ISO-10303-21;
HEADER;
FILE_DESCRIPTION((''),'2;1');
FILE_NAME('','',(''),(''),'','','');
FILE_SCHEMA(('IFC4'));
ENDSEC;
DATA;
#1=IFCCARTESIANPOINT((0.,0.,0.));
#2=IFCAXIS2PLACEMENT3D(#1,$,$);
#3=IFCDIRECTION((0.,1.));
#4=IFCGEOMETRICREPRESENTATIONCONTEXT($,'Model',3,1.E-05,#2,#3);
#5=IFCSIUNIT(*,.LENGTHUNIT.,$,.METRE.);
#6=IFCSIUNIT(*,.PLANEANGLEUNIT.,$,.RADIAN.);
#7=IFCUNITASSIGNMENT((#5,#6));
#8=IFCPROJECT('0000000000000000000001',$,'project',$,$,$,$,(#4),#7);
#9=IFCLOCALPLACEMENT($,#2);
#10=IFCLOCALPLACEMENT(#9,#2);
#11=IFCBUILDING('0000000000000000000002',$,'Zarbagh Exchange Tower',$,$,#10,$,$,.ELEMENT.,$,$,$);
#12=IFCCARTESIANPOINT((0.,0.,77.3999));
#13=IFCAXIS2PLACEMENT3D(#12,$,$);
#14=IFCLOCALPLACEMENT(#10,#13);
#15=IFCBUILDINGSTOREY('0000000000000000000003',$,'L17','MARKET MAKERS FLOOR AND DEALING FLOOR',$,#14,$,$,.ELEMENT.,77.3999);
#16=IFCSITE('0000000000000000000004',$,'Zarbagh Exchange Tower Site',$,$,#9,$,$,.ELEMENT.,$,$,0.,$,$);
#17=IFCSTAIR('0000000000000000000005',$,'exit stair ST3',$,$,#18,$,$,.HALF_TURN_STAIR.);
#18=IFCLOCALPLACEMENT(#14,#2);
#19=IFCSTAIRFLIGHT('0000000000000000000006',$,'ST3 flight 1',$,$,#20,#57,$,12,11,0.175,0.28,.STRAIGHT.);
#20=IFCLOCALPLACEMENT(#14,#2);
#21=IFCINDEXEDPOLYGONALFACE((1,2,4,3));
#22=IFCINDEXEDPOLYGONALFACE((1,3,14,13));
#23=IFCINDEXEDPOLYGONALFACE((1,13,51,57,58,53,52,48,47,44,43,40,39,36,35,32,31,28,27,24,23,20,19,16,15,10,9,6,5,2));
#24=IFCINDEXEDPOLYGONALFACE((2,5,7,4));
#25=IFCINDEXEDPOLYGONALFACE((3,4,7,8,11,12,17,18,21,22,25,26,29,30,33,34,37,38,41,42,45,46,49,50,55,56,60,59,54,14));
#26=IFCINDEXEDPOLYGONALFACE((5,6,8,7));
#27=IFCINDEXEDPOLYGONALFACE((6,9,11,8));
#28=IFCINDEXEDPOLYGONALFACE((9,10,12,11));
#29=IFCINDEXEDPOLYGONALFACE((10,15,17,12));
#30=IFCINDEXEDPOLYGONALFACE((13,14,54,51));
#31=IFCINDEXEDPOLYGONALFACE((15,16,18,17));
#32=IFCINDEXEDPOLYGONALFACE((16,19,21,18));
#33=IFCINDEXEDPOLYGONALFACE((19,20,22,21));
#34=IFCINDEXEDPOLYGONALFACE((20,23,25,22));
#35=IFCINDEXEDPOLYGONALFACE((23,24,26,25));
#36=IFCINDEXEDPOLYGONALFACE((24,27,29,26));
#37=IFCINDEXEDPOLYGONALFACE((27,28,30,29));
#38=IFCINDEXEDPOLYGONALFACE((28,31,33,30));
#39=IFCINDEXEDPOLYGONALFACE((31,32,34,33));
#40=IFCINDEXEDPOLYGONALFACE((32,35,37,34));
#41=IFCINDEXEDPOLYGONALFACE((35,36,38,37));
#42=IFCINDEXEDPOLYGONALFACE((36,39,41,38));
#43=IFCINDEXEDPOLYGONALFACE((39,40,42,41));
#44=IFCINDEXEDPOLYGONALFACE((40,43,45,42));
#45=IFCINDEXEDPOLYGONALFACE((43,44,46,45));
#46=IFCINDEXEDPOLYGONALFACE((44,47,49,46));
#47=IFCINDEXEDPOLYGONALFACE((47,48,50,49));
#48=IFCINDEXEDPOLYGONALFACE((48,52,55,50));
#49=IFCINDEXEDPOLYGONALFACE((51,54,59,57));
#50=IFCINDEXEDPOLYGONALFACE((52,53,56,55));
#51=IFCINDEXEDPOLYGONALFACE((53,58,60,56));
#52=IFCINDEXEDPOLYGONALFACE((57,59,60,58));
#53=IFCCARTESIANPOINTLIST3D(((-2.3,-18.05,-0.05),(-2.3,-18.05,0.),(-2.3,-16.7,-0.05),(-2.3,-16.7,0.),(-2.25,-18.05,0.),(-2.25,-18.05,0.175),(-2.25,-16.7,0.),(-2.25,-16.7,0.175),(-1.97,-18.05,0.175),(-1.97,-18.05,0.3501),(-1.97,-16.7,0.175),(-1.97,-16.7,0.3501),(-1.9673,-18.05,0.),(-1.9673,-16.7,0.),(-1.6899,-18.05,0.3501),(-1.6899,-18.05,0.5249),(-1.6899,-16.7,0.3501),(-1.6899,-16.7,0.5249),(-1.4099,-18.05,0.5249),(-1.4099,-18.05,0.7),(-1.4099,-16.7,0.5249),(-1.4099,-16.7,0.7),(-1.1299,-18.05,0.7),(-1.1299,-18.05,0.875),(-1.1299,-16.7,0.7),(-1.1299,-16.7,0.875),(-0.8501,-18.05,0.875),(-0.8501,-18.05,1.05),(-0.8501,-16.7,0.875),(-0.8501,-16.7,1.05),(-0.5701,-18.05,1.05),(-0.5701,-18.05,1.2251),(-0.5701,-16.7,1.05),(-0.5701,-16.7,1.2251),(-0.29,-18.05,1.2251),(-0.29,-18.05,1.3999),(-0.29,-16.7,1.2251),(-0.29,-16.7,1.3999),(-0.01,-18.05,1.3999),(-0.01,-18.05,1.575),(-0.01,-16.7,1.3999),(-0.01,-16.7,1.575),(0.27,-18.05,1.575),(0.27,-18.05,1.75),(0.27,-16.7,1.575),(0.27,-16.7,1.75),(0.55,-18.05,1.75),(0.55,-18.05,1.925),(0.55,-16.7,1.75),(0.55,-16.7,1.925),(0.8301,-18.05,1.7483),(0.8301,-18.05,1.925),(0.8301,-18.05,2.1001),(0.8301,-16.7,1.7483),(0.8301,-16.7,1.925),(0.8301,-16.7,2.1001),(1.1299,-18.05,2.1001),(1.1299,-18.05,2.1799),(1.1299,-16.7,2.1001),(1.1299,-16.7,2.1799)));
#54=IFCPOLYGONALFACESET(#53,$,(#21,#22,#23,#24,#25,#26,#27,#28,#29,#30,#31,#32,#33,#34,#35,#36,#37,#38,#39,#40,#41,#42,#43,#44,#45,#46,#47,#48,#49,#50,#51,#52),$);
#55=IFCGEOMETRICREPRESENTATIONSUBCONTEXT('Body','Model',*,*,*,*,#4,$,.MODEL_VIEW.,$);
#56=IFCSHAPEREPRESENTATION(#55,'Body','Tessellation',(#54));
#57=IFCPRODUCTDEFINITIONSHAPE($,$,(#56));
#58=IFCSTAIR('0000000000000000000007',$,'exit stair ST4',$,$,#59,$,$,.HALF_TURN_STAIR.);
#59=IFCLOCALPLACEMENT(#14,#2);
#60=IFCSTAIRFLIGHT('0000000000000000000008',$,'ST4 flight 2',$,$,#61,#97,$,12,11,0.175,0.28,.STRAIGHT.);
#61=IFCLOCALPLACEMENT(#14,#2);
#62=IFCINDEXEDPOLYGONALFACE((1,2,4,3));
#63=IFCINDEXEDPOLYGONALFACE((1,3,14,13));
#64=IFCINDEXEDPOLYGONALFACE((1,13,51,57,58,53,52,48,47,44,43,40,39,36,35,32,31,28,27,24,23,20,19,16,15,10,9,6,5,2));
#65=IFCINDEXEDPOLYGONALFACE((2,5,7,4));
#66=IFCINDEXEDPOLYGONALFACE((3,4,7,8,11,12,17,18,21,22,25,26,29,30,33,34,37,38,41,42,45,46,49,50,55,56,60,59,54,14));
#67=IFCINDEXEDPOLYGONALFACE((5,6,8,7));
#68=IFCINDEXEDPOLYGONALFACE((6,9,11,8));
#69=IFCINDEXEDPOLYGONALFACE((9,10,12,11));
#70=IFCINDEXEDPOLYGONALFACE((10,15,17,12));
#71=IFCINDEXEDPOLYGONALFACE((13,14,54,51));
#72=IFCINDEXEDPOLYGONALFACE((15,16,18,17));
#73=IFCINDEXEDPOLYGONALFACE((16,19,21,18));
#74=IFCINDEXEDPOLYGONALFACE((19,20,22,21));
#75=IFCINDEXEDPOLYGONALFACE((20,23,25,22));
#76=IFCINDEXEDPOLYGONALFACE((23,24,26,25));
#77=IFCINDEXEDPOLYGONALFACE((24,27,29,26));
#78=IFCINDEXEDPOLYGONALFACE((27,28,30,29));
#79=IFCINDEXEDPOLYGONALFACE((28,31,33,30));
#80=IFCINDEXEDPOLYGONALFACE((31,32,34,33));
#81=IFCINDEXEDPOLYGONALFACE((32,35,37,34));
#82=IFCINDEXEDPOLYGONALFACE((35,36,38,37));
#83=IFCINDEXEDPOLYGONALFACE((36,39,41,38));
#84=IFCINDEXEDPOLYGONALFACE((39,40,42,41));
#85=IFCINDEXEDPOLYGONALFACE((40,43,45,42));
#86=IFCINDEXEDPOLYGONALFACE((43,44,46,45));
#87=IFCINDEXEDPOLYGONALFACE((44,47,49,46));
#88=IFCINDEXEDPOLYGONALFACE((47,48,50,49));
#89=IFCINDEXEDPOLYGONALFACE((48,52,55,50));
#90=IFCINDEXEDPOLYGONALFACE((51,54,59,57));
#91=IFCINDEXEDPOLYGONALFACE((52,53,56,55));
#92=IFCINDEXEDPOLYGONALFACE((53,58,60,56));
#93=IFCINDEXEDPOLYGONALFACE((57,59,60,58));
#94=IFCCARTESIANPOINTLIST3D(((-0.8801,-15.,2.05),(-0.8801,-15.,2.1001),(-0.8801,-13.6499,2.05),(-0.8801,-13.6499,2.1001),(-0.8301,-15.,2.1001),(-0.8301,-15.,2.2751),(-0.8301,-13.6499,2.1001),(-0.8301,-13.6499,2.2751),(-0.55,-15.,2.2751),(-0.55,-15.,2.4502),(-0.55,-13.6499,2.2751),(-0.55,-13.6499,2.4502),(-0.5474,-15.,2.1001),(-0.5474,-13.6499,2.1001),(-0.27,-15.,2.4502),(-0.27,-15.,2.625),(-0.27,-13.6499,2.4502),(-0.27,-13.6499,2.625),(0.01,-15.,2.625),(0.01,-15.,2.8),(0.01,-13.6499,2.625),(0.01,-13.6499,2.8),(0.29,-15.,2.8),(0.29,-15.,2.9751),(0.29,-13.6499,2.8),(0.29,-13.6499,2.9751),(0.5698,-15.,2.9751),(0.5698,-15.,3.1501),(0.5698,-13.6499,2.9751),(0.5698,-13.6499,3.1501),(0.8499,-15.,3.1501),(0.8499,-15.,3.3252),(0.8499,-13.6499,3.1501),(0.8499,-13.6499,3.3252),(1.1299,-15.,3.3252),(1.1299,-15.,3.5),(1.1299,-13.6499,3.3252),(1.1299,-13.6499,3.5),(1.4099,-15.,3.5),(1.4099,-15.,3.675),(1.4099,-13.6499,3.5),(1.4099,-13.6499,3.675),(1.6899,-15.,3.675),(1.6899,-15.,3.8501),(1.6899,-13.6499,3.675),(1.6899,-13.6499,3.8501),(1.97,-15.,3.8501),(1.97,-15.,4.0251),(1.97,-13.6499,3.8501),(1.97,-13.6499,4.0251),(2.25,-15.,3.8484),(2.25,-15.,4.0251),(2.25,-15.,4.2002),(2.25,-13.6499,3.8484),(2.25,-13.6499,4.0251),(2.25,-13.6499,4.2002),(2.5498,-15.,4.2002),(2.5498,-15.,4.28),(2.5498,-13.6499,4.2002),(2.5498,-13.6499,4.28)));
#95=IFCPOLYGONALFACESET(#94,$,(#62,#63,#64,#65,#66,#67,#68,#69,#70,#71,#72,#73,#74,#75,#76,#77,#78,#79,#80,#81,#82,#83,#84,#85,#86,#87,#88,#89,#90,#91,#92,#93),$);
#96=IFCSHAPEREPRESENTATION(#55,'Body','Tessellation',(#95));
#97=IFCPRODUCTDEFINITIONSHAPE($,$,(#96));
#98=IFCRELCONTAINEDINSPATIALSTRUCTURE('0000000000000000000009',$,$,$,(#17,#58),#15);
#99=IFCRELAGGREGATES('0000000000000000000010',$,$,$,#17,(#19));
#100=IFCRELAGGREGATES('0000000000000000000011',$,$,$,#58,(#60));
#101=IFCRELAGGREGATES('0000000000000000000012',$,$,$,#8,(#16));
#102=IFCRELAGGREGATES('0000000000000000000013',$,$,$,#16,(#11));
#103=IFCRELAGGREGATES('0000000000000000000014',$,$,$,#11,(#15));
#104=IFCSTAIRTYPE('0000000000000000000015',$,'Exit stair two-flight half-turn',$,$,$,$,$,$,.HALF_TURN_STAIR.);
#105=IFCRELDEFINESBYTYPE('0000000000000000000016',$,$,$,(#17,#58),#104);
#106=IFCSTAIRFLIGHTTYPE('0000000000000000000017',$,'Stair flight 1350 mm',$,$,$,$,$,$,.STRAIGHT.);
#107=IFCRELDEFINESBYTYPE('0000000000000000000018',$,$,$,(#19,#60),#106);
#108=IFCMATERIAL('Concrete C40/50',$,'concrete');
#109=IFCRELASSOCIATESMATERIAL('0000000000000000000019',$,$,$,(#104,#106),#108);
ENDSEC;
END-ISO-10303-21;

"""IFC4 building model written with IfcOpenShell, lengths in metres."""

from ifc_helpers import new_model, si_unit, direction, frame, origin, place, context, subcontext, project, spatial, polyline, outline, extrude, material, type_object, element, aggregate, save


model = new_model("IFC4")

# Units and contexts
model_context = context("Model", 3, precision=1e-05, world=origin(), true_north=direction((0.0, 1.0)))
body_context = subcontext(model_context, "Body", "Model", "MODEL_VIEW")
ifc_project = project(units=[si_unit("LENGTHUNIT", "METRE"), si_unit("PLANEANGLEUNIT", "RADIAN")], contexts=[model_context])

# Site, building, storey
site_placement = place(None, origin())
site = spatial("IfcSite", under=ifc_project, at=site_placement, Name="Zarbagh Exchange Tower Site", CompositionType="ELEMENT", RefElevation=0.0)
building_placement = place(site_placement, origin())
building = spatial("IfcBuilding", under=site, at=building_placement, Name="Zarbagh Exchange Tower", CompositionType="ELEMENT")
storey_placement = place(building_placement, frame((0.0, 0.0, 77.3999)))
storey = spatial("IfcBuildingStorey", under=building, at=storey_placement, Name="L17", Description="MARKET MAKERS FLOOR AND DEALING FLOOR", CompositionType="ELEMENT", Elevation=77.3999)

# Shared definitions
ifc_material_1 = material(Name="Concrete C40/50", Category="concrete")

# Stairs, stair flights
stair_type = type_object("IfcStairType", Name="Exit stair two-flight half-turn", PredefinedType="HALF_TURN_STAIR", material=ifc_material_1)
stair_1_placement = place(storey_placement, origin())
stair_1 = element("IfcStair", 1, at=stair_1_placement, inside=storey, type_object=stair_type, Name="exit stair ST3", PredefinedType="HALF_TURN_STAIR")
stair_flight_type = type_object("IfcStairFlightType", Name="Stair flight 1350 mm", PredefinedType="STRAIGHT", material=ifc_material_1)
stair_flight_1_placement = place(storey_placement, frame((-2.25, -17.375, 0.0), z_axis=(0.0, 0.0, 1.0), x_axis=(1.0, 0.0, 0.0)))
stair_flight_1 = element("IfcStairFlight", 2, at=stair_flight_1_placement, type_object=stair_flight_type, Name="ST3 flight 1", NumberOfRisers=12, NumberOfTreads=11, PredefinedType="STRAIGHT", RiserHeight=0.175, TreadLength=0.28, context=body_context, shape_type="SweptSolid", body=[
    extrude(outline(polyline([(-0.05, -0.05), (-0.05, 0.0), (0.0, 0.0), (0.0, 0.175), (0.28, 0.175), (0.28, 0.3501), (0.5601, 0.3501), (0.5601, 0.5249), (0.8401, 0.5249), (0.8401, 0.7), (1.1201, 0.7), (1.1201, 0.875), (1.3999, 0.875), (1.3999, 1.05), (1.6799, 1.05), (1.6799, 1.2251), (1.96, 1.2251), (1.96, 1.3999), (2.24, 1.3999), (2.24, 1.575), (2.52, 1.575), (2.52, 1.75), (2.8, 1.75), (2.8, 1.925), (3.0801, 1.925), (3.0801, 2.1001), (3.3799, 2.1799), (3.3799, 2.1001), (3.0801, 1.7483), (0.2827, 0.0), (-0.05, -0.05)])), frame((0.0, 0.675, 0.0), z_axis=(0.0, -1.0, 0.0), x_axis=(1.0, 0.0, 0.0)), (0.0, 0.0, 1.0), 1.3501),
])
aggregate(stair_1, [stair_flight_1])
stair_2_placement = place(storey_placement, origin())
stair_2 = element("IfcStair", 3, at=stair_2_placement, inside=storey, type_object=stair_type, Name="exit stair ST4", PredefinedType="HALF_TURN_STAIR")
stair_flight_2_placement = place(storey_placement, frame((-0.8301, -14.325, 2.1001), z_axis=(0.0, 0.0, 1.0), x_axis=(1.0, 0.0, 0.0)))
stair_flight_2 = element("IfcStairFlight", 4, at=stair_flight_2_placement, type_object=stair_flight_type, Name="ST4 flight 2", NumberOfRisers=12, NumberOfTreads=11, PredefinedType="STRAIGHT", RiserHeight=0.175, TreadLength=0.28, context=body_context, shape_type="SweptSolid", body=[
    extrude(outline(polyline([(-0.05, -0.05), (-0.05, 0.0), (0.0, 0.0), (0.0, 0.175), (0.28, 0.175), (0.28, 0.3501), (0.5601, 0.3501), (0.5601, 0.5249), (0.8401, 0.5249), (0.8401, 0.7), (1.1201, 0.7), (1.1201, 0.875), (1.3999, 0.875), (1.3999, 1.05), (1.6799, 1.05), (1.6799, 1.2251), (1.96, 1.2251), (1.96, 1.3999), (2.24, 1.3999), (2.24, 1.575), (2.52, 1.575), (2.52, 1.75), (2.8, 1.75), (2.8, 1.925), (3.0801, 1.925), (3.0801, 2.1001), (3.3799, 2.1799), (3.3799, 2.1001), (3.0801, 1.7483), (0.2827, 0.0), (-0.05, -0.05)])), frame((0.0, 0.675, 0.0), z_axis=(0.0, -1.0, 0.0), x_axis=(1.0, 0.0, 0.0)), (0.0, 0.0, 1.0), 1.3501),
])
aggregate(stair_2, [stair_flight_2])

save(model, "model.ifc")
